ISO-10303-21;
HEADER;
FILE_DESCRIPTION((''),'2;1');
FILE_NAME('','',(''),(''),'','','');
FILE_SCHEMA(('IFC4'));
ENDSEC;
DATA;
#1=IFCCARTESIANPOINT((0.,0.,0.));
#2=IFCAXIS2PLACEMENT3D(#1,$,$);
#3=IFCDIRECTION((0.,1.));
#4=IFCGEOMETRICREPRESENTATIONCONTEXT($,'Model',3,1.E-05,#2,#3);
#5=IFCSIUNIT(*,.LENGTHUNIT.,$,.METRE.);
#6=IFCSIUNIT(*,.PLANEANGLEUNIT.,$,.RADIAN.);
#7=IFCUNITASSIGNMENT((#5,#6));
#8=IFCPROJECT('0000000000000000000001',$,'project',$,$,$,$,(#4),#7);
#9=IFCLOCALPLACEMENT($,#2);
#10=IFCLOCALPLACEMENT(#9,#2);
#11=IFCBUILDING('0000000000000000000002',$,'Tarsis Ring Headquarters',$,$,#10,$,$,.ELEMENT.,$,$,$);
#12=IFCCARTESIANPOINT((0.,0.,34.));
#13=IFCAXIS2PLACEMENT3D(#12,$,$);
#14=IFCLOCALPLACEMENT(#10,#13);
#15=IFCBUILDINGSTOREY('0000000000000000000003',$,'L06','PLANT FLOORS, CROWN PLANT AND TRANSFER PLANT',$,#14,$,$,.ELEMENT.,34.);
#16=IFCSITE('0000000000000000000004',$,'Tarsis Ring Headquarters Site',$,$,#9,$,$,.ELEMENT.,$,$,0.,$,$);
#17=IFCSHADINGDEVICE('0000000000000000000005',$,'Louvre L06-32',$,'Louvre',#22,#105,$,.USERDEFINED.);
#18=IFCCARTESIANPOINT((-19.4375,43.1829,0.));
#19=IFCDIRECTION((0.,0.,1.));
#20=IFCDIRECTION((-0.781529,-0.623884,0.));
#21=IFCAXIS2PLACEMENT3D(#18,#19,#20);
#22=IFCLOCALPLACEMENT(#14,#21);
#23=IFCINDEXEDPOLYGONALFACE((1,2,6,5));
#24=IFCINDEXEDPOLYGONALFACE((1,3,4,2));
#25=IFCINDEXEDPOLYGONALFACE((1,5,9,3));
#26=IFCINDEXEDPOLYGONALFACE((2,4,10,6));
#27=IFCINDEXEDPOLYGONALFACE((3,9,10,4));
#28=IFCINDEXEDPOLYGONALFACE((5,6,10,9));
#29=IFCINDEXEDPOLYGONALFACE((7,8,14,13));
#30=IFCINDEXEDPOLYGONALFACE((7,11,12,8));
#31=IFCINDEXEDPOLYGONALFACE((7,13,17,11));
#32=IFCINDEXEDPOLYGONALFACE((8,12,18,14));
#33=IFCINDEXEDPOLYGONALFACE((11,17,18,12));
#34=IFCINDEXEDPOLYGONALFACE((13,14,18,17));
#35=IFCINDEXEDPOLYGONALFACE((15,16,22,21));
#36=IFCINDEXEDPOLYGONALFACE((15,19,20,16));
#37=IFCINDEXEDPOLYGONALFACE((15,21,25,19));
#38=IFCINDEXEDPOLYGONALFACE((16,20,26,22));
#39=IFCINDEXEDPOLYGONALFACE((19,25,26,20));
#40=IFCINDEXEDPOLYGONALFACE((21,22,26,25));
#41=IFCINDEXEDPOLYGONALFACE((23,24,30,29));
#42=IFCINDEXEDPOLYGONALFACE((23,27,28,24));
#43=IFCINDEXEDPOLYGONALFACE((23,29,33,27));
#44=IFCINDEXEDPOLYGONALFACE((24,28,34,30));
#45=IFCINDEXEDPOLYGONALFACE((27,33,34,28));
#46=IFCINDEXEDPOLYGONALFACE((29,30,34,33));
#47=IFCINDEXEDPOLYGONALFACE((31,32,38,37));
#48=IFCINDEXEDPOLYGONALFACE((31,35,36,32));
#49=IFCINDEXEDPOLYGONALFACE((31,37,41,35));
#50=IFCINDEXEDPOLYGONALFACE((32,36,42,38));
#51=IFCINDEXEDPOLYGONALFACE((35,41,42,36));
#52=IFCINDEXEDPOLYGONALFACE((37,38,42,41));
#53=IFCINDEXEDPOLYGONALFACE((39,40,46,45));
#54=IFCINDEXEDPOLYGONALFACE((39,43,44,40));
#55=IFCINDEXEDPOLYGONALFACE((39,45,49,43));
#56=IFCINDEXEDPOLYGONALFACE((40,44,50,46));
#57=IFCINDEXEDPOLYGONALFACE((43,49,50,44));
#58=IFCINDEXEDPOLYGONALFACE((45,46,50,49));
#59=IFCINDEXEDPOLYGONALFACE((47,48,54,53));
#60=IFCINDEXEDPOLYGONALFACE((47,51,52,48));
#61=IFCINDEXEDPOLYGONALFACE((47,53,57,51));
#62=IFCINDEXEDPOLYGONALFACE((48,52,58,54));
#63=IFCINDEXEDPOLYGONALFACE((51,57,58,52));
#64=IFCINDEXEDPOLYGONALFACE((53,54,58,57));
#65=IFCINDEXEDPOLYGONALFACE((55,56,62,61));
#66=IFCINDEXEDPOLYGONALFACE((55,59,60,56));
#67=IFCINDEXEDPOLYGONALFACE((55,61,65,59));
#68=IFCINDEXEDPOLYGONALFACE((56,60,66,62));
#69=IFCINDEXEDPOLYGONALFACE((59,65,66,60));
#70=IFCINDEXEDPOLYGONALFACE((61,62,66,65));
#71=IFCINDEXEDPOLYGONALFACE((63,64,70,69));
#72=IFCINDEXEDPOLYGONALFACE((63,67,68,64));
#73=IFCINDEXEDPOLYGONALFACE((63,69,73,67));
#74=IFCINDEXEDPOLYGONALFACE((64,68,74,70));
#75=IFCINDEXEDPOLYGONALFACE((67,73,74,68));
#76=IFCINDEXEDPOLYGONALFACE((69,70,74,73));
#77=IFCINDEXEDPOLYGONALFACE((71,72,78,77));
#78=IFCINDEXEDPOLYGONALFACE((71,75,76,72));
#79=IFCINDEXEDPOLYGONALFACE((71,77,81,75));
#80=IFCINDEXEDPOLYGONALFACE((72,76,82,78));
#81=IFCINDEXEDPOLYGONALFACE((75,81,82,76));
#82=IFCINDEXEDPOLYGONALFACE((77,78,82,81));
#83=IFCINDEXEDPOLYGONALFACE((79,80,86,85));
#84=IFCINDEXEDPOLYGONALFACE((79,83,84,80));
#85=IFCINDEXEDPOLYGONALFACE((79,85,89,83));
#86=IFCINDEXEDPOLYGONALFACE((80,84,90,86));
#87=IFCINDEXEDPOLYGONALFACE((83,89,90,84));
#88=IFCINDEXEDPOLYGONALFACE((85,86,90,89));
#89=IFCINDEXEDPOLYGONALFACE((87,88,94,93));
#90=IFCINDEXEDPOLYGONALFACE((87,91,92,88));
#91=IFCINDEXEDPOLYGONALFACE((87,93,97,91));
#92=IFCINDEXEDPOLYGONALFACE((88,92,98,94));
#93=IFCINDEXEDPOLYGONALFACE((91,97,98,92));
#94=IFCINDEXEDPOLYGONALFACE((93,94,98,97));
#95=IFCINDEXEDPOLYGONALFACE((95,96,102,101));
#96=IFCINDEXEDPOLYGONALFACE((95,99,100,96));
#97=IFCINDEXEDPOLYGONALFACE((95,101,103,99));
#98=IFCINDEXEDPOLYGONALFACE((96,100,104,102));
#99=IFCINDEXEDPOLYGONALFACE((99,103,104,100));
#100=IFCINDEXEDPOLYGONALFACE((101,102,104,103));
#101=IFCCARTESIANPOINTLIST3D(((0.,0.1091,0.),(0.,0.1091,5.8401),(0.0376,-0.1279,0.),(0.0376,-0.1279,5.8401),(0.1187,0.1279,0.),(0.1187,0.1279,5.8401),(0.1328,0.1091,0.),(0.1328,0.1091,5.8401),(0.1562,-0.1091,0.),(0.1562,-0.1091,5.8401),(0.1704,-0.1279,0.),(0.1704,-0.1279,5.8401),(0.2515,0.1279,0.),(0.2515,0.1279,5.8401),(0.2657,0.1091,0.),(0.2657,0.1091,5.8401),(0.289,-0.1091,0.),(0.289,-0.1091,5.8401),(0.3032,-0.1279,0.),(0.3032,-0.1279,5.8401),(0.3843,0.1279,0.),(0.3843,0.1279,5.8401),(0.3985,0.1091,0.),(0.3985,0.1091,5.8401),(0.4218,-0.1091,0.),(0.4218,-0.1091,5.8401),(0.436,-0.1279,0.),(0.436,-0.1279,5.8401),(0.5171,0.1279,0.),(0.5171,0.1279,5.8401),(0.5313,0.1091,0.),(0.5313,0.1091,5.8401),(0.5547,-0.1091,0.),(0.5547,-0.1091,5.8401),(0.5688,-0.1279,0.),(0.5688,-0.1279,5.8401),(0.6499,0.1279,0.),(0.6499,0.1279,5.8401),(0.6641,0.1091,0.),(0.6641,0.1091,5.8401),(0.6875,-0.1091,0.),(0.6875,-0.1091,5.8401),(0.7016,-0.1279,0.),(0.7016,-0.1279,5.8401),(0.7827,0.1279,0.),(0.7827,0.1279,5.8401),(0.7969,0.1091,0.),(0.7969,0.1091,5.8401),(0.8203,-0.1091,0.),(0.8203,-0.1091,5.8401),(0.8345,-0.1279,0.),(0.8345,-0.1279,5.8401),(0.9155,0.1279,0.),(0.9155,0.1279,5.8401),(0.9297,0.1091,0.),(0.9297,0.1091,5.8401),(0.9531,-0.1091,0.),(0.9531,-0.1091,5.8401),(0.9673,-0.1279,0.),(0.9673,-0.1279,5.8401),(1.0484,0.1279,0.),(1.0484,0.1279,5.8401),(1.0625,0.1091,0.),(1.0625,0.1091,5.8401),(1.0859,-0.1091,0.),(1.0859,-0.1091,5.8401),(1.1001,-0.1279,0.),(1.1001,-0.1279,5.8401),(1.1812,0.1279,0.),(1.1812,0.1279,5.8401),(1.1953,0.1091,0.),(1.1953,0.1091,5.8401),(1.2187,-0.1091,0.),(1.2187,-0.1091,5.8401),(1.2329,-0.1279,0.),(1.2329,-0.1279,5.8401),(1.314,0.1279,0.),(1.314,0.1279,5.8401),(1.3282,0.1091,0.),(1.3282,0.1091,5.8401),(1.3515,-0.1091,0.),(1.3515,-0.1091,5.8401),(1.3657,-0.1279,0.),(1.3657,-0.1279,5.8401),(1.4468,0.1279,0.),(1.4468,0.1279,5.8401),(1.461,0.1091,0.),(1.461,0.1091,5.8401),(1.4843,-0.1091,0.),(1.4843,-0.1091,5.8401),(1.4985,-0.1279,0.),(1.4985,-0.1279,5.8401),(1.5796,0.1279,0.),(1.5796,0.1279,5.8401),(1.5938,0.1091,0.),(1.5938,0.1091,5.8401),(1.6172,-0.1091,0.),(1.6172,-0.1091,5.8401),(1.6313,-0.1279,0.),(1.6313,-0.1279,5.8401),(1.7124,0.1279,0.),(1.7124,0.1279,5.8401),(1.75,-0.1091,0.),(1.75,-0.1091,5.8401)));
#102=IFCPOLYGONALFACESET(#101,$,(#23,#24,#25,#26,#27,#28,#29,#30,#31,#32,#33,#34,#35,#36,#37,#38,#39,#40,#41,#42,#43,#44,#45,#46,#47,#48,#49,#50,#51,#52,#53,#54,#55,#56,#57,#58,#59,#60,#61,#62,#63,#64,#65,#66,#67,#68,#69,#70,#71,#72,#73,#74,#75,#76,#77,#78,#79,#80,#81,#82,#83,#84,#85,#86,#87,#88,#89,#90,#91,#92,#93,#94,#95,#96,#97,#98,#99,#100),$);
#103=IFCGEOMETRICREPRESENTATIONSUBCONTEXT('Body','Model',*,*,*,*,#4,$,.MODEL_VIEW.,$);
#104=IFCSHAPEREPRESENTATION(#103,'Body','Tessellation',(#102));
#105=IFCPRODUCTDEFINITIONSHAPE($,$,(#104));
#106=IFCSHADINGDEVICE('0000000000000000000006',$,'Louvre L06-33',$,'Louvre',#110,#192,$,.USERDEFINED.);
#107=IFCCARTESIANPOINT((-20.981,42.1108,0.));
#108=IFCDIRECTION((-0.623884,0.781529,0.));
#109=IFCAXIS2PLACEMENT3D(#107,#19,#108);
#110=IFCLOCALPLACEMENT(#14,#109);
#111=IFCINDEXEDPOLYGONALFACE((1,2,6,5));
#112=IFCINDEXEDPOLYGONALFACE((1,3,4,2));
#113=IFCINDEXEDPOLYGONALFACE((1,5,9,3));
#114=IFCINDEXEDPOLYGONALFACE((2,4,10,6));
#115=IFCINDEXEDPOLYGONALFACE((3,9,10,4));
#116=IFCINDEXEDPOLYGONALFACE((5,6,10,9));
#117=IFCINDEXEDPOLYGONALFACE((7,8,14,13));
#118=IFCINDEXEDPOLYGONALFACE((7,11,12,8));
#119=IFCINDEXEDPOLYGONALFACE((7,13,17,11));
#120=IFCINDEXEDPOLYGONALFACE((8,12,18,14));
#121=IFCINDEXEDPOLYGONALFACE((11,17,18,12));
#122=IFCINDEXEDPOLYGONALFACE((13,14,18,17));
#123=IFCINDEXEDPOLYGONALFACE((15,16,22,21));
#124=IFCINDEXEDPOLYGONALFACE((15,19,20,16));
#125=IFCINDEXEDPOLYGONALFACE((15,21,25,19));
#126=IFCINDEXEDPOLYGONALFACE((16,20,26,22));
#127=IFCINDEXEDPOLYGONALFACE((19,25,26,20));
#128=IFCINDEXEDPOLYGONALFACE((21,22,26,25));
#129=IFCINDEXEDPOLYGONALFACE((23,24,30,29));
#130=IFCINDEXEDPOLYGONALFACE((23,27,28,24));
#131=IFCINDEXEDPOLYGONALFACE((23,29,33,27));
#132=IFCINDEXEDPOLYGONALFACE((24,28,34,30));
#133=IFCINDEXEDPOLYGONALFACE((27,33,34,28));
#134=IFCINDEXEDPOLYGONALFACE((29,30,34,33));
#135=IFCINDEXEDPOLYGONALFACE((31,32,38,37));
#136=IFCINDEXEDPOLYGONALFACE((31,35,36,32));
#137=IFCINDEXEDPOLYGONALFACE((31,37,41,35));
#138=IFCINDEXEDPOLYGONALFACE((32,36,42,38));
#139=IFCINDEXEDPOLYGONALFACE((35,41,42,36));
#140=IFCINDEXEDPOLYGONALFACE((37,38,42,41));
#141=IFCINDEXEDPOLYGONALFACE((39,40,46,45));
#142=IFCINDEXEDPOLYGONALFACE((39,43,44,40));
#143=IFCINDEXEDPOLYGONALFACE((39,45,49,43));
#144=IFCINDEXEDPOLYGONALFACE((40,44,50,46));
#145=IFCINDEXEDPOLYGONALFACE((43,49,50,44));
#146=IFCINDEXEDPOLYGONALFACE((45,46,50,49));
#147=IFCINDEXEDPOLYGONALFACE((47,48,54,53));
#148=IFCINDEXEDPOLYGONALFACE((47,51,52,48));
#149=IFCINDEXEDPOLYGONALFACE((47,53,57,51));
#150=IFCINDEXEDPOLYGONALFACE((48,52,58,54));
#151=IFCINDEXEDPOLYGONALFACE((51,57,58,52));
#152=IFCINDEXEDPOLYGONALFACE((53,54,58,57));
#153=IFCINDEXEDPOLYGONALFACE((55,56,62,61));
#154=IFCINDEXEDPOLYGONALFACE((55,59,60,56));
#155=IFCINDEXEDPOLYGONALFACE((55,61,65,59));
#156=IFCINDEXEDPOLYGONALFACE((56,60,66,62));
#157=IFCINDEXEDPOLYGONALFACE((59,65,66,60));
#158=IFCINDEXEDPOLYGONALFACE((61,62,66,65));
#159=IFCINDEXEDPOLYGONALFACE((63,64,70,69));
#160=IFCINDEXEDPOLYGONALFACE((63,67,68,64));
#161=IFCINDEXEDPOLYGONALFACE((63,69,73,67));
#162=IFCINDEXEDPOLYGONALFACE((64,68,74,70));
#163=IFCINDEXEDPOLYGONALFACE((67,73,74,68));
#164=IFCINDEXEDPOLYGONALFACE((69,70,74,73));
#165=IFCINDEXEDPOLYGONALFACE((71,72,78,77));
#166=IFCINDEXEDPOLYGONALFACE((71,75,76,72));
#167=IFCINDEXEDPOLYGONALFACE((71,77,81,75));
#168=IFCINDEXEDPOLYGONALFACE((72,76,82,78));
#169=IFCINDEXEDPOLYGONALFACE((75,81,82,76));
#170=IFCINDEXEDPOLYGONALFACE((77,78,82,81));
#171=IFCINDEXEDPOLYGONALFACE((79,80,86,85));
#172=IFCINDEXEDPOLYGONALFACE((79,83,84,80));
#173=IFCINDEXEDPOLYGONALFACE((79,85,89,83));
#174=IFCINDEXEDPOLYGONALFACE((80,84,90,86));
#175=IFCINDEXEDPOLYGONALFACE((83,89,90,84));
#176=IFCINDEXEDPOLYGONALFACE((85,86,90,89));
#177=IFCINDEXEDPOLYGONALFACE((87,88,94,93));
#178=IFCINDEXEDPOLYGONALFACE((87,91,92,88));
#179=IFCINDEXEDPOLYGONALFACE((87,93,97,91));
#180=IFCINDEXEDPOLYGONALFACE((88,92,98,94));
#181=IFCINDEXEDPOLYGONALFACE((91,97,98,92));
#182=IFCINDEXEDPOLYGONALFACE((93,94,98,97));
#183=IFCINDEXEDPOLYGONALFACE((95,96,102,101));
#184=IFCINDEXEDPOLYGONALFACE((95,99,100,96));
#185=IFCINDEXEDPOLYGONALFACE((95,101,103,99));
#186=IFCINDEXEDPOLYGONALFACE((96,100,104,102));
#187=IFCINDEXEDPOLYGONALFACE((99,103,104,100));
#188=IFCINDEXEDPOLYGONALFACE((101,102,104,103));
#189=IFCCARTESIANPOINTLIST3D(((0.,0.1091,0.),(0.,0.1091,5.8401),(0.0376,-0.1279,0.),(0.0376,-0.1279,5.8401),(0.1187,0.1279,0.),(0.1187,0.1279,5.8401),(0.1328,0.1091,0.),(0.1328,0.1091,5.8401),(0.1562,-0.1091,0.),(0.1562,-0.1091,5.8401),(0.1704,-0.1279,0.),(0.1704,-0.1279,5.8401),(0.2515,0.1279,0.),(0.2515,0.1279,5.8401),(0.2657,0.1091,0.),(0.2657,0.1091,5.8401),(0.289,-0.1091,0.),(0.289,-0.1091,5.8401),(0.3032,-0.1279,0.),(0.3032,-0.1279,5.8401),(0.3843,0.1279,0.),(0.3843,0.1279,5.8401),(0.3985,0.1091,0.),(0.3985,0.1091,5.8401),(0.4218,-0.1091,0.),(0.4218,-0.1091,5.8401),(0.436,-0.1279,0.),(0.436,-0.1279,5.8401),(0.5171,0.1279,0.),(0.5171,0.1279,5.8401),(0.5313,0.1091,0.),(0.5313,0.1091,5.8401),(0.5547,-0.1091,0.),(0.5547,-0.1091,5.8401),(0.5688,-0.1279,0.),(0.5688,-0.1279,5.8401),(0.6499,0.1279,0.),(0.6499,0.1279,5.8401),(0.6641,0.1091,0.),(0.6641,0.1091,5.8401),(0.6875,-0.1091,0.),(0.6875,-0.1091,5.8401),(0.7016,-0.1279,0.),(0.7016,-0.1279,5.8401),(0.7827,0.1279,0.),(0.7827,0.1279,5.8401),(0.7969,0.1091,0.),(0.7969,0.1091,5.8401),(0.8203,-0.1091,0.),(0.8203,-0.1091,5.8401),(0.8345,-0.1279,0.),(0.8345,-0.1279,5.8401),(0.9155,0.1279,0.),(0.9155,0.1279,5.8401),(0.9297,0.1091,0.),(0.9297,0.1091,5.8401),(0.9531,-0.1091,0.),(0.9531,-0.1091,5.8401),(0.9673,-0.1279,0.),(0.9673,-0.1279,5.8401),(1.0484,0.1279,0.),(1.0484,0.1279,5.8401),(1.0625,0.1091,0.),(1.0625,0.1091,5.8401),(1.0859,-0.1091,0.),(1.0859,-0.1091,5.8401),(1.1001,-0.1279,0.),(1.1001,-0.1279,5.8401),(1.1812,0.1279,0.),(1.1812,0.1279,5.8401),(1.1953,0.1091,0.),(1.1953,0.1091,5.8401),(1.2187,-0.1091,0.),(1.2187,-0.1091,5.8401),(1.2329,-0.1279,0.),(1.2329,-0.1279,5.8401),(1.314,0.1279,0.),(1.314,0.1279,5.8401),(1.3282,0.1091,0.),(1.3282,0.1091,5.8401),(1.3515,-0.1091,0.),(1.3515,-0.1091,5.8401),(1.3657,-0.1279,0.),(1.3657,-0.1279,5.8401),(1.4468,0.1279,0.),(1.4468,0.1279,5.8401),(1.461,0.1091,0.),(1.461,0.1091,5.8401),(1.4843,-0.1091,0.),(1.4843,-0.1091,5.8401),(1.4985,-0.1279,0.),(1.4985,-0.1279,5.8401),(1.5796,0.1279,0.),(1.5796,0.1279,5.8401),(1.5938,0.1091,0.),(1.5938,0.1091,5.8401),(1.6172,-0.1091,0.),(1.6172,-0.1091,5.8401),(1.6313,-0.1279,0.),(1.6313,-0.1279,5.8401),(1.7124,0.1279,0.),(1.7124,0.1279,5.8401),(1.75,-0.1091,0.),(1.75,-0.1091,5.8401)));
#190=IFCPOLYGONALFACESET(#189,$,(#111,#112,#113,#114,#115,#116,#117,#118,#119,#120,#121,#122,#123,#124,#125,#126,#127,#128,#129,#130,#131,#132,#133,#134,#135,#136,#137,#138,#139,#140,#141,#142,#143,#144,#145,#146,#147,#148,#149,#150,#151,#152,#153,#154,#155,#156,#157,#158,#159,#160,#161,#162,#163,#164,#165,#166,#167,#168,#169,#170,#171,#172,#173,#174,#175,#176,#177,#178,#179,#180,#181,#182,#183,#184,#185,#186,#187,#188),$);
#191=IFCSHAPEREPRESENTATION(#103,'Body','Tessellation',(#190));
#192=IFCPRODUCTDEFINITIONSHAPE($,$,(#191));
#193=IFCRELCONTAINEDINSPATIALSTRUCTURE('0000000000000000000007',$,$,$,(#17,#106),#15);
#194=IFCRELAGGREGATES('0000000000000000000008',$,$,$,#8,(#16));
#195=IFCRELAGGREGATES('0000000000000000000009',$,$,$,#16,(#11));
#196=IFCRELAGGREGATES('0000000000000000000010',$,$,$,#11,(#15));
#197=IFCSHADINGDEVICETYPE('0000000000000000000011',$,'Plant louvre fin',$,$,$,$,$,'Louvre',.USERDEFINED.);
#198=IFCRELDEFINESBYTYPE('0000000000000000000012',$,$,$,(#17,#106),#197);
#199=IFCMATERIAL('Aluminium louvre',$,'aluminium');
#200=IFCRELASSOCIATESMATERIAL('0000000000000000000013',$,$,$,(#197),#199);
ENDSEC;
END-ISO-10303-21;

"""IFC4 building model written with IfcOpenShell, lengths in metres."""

from ifc_helpers import new_model, si_unit, direction, frame, frame_2d, origin, place, context, subcontext, project, spatial, rectangle, composite_profile, extrude, material, type_object, element, save


model = new_model("IFC4")

# Units and contexts
model_context = context("Model", 3, precision=1e-05, world=origin(), true_north=direction((0.0, 1.0)))
body_context = subcontext(model_context, "Body", "Model", "MODEL_VIEW")
ifc_project = project(units=[si_unit("LENGTHUNIT", "METRE"), si_unit("PLANEANGLEUNIT", "RADIAN")], contexts=[model_context])

# Site, building, storey
site_placement = place(None, origin())
site = spatial("IfcSite", under=ifc_project, at=site_placement, Name="Tarsis Ring Headquarters Site", CompositionType="ELEMENT", RefElevation=0.0)
building_placement = place(site_placement, origin())
building = spatial("IfcBuilding", under=site, at=building_placement, Name="Tarsis Ring Headquarters", CompositionType="ELEMENT")
storey_placement = place(building_placement, frame((0.0, 0.0, 34.0)))
storey = spatial("IfcBuildingStorey", under=building, at=storey_placement, Name="L06", Description="PLANT FLOORS, CROWN PLANT AND TRANSFER PLANT", CompositionType="ELEMENT", Elevation=34.0)

# Shading devices
ifc_material_1 = material(Name="Aluminium louvre", Category="aluminium")
shading_device_type_1 = type_object("IfcShadingDeviceType", Name="Plant louvre fin", ElementType="Louvre", PredefinedType="USERDEFINED", material=ifc_material_1)
for number, where, z_axis, x_axis, name in (
    (1, (-19.4375, 43.1829, 0.0), (0.0, 0.0, 1.0), (-0.781529, -0.623884, 0.0), "Louvre L06-32"),
    (2, (-20.981, 42.1108, 0.0), (0.0, 0.0, 1.0), (-0.623884, 0.781529, 0.0), "Louvre L06-33"),
):
    element("IfcShadingDevice", number, at=place(storey_placement, frame(where, z_axis=z_axis, x_axis=x_axis)), inside=storey, type_object=shading_device_type_1, Name=name, ObjectType="Louvre", PredefinedType="USERDEFINED", context=body_context, shape_type="SweptSolid", body=[
        extrude(composite_profile([rectangle(XDim=0.1201, YDim=0.24, at=frame_2d((0.0781, 0.0), x_axis=(0.987688, 0.156434))), rectangle(XDim=0.1201, YDim=0.24, at=frame_2d((0.2109, 0.0), x_axis=(0.987688, 0.156434))), rectangle(XDim=0.1201, YDim=0.24, at=frame_2d((0.3438, 0.0), x_axis=(0.987688, 0.156434))), rectangle(XDim=0.1201, YDim=0.24, at=frame_2d((0.4766, 0.0), x_axis=(0.987688, 0.156434))), rectangle(XDim=0.1201, YDim=0.24, at=frame_2d((0.6094, 0.0), x_axis=(0.987688, 0.156434))), rectangle(XDim=0.1201, YDim=0.24, at=frame_2d((0.7422, 0.0), x_axis=(0.987688, 0.156434))), rectangle(XDim=0.1201, YDim=0.24, at=frame_2d((0.875, 0.0), x_axis=(0.987688, 0.156434))), rectangle(XDim=0.1201, YDim=0.24, at=frame_2d((1.0078, 0.0), x_axis=(0.987688, 0.156434))), rectangle(XDim=0.1201, YDim=0.24, at=frame_2d((1.1406, 0.0), x_axis=(0.987688, 0.156434))), rectangle(XDim=0.1201, YDim=0.24, at=frame_2d((1.2734, 0.0), x_axis=(0.987688, 0.156434))), rectangle(XDim=0.1201, YDim=0.24, at=frame_2d((1.4062, 0.0), x_axis=(0.987688, 0.156434))), rectangle(XDim=0.1201, YDim=0.24, at=frame_2d((1.5391, 0.0), x_axis=(0.987688, 0.156434))), rectangle(XDim=0.1201, YDim=0.24, at=frame_2d((1.6719, 0.0), x_axis=(0.987688, 0.156434)))]), origin(), (0.0, 0.0, 1.0), 5.8401),
    ])

save(model, "model.ifc")
